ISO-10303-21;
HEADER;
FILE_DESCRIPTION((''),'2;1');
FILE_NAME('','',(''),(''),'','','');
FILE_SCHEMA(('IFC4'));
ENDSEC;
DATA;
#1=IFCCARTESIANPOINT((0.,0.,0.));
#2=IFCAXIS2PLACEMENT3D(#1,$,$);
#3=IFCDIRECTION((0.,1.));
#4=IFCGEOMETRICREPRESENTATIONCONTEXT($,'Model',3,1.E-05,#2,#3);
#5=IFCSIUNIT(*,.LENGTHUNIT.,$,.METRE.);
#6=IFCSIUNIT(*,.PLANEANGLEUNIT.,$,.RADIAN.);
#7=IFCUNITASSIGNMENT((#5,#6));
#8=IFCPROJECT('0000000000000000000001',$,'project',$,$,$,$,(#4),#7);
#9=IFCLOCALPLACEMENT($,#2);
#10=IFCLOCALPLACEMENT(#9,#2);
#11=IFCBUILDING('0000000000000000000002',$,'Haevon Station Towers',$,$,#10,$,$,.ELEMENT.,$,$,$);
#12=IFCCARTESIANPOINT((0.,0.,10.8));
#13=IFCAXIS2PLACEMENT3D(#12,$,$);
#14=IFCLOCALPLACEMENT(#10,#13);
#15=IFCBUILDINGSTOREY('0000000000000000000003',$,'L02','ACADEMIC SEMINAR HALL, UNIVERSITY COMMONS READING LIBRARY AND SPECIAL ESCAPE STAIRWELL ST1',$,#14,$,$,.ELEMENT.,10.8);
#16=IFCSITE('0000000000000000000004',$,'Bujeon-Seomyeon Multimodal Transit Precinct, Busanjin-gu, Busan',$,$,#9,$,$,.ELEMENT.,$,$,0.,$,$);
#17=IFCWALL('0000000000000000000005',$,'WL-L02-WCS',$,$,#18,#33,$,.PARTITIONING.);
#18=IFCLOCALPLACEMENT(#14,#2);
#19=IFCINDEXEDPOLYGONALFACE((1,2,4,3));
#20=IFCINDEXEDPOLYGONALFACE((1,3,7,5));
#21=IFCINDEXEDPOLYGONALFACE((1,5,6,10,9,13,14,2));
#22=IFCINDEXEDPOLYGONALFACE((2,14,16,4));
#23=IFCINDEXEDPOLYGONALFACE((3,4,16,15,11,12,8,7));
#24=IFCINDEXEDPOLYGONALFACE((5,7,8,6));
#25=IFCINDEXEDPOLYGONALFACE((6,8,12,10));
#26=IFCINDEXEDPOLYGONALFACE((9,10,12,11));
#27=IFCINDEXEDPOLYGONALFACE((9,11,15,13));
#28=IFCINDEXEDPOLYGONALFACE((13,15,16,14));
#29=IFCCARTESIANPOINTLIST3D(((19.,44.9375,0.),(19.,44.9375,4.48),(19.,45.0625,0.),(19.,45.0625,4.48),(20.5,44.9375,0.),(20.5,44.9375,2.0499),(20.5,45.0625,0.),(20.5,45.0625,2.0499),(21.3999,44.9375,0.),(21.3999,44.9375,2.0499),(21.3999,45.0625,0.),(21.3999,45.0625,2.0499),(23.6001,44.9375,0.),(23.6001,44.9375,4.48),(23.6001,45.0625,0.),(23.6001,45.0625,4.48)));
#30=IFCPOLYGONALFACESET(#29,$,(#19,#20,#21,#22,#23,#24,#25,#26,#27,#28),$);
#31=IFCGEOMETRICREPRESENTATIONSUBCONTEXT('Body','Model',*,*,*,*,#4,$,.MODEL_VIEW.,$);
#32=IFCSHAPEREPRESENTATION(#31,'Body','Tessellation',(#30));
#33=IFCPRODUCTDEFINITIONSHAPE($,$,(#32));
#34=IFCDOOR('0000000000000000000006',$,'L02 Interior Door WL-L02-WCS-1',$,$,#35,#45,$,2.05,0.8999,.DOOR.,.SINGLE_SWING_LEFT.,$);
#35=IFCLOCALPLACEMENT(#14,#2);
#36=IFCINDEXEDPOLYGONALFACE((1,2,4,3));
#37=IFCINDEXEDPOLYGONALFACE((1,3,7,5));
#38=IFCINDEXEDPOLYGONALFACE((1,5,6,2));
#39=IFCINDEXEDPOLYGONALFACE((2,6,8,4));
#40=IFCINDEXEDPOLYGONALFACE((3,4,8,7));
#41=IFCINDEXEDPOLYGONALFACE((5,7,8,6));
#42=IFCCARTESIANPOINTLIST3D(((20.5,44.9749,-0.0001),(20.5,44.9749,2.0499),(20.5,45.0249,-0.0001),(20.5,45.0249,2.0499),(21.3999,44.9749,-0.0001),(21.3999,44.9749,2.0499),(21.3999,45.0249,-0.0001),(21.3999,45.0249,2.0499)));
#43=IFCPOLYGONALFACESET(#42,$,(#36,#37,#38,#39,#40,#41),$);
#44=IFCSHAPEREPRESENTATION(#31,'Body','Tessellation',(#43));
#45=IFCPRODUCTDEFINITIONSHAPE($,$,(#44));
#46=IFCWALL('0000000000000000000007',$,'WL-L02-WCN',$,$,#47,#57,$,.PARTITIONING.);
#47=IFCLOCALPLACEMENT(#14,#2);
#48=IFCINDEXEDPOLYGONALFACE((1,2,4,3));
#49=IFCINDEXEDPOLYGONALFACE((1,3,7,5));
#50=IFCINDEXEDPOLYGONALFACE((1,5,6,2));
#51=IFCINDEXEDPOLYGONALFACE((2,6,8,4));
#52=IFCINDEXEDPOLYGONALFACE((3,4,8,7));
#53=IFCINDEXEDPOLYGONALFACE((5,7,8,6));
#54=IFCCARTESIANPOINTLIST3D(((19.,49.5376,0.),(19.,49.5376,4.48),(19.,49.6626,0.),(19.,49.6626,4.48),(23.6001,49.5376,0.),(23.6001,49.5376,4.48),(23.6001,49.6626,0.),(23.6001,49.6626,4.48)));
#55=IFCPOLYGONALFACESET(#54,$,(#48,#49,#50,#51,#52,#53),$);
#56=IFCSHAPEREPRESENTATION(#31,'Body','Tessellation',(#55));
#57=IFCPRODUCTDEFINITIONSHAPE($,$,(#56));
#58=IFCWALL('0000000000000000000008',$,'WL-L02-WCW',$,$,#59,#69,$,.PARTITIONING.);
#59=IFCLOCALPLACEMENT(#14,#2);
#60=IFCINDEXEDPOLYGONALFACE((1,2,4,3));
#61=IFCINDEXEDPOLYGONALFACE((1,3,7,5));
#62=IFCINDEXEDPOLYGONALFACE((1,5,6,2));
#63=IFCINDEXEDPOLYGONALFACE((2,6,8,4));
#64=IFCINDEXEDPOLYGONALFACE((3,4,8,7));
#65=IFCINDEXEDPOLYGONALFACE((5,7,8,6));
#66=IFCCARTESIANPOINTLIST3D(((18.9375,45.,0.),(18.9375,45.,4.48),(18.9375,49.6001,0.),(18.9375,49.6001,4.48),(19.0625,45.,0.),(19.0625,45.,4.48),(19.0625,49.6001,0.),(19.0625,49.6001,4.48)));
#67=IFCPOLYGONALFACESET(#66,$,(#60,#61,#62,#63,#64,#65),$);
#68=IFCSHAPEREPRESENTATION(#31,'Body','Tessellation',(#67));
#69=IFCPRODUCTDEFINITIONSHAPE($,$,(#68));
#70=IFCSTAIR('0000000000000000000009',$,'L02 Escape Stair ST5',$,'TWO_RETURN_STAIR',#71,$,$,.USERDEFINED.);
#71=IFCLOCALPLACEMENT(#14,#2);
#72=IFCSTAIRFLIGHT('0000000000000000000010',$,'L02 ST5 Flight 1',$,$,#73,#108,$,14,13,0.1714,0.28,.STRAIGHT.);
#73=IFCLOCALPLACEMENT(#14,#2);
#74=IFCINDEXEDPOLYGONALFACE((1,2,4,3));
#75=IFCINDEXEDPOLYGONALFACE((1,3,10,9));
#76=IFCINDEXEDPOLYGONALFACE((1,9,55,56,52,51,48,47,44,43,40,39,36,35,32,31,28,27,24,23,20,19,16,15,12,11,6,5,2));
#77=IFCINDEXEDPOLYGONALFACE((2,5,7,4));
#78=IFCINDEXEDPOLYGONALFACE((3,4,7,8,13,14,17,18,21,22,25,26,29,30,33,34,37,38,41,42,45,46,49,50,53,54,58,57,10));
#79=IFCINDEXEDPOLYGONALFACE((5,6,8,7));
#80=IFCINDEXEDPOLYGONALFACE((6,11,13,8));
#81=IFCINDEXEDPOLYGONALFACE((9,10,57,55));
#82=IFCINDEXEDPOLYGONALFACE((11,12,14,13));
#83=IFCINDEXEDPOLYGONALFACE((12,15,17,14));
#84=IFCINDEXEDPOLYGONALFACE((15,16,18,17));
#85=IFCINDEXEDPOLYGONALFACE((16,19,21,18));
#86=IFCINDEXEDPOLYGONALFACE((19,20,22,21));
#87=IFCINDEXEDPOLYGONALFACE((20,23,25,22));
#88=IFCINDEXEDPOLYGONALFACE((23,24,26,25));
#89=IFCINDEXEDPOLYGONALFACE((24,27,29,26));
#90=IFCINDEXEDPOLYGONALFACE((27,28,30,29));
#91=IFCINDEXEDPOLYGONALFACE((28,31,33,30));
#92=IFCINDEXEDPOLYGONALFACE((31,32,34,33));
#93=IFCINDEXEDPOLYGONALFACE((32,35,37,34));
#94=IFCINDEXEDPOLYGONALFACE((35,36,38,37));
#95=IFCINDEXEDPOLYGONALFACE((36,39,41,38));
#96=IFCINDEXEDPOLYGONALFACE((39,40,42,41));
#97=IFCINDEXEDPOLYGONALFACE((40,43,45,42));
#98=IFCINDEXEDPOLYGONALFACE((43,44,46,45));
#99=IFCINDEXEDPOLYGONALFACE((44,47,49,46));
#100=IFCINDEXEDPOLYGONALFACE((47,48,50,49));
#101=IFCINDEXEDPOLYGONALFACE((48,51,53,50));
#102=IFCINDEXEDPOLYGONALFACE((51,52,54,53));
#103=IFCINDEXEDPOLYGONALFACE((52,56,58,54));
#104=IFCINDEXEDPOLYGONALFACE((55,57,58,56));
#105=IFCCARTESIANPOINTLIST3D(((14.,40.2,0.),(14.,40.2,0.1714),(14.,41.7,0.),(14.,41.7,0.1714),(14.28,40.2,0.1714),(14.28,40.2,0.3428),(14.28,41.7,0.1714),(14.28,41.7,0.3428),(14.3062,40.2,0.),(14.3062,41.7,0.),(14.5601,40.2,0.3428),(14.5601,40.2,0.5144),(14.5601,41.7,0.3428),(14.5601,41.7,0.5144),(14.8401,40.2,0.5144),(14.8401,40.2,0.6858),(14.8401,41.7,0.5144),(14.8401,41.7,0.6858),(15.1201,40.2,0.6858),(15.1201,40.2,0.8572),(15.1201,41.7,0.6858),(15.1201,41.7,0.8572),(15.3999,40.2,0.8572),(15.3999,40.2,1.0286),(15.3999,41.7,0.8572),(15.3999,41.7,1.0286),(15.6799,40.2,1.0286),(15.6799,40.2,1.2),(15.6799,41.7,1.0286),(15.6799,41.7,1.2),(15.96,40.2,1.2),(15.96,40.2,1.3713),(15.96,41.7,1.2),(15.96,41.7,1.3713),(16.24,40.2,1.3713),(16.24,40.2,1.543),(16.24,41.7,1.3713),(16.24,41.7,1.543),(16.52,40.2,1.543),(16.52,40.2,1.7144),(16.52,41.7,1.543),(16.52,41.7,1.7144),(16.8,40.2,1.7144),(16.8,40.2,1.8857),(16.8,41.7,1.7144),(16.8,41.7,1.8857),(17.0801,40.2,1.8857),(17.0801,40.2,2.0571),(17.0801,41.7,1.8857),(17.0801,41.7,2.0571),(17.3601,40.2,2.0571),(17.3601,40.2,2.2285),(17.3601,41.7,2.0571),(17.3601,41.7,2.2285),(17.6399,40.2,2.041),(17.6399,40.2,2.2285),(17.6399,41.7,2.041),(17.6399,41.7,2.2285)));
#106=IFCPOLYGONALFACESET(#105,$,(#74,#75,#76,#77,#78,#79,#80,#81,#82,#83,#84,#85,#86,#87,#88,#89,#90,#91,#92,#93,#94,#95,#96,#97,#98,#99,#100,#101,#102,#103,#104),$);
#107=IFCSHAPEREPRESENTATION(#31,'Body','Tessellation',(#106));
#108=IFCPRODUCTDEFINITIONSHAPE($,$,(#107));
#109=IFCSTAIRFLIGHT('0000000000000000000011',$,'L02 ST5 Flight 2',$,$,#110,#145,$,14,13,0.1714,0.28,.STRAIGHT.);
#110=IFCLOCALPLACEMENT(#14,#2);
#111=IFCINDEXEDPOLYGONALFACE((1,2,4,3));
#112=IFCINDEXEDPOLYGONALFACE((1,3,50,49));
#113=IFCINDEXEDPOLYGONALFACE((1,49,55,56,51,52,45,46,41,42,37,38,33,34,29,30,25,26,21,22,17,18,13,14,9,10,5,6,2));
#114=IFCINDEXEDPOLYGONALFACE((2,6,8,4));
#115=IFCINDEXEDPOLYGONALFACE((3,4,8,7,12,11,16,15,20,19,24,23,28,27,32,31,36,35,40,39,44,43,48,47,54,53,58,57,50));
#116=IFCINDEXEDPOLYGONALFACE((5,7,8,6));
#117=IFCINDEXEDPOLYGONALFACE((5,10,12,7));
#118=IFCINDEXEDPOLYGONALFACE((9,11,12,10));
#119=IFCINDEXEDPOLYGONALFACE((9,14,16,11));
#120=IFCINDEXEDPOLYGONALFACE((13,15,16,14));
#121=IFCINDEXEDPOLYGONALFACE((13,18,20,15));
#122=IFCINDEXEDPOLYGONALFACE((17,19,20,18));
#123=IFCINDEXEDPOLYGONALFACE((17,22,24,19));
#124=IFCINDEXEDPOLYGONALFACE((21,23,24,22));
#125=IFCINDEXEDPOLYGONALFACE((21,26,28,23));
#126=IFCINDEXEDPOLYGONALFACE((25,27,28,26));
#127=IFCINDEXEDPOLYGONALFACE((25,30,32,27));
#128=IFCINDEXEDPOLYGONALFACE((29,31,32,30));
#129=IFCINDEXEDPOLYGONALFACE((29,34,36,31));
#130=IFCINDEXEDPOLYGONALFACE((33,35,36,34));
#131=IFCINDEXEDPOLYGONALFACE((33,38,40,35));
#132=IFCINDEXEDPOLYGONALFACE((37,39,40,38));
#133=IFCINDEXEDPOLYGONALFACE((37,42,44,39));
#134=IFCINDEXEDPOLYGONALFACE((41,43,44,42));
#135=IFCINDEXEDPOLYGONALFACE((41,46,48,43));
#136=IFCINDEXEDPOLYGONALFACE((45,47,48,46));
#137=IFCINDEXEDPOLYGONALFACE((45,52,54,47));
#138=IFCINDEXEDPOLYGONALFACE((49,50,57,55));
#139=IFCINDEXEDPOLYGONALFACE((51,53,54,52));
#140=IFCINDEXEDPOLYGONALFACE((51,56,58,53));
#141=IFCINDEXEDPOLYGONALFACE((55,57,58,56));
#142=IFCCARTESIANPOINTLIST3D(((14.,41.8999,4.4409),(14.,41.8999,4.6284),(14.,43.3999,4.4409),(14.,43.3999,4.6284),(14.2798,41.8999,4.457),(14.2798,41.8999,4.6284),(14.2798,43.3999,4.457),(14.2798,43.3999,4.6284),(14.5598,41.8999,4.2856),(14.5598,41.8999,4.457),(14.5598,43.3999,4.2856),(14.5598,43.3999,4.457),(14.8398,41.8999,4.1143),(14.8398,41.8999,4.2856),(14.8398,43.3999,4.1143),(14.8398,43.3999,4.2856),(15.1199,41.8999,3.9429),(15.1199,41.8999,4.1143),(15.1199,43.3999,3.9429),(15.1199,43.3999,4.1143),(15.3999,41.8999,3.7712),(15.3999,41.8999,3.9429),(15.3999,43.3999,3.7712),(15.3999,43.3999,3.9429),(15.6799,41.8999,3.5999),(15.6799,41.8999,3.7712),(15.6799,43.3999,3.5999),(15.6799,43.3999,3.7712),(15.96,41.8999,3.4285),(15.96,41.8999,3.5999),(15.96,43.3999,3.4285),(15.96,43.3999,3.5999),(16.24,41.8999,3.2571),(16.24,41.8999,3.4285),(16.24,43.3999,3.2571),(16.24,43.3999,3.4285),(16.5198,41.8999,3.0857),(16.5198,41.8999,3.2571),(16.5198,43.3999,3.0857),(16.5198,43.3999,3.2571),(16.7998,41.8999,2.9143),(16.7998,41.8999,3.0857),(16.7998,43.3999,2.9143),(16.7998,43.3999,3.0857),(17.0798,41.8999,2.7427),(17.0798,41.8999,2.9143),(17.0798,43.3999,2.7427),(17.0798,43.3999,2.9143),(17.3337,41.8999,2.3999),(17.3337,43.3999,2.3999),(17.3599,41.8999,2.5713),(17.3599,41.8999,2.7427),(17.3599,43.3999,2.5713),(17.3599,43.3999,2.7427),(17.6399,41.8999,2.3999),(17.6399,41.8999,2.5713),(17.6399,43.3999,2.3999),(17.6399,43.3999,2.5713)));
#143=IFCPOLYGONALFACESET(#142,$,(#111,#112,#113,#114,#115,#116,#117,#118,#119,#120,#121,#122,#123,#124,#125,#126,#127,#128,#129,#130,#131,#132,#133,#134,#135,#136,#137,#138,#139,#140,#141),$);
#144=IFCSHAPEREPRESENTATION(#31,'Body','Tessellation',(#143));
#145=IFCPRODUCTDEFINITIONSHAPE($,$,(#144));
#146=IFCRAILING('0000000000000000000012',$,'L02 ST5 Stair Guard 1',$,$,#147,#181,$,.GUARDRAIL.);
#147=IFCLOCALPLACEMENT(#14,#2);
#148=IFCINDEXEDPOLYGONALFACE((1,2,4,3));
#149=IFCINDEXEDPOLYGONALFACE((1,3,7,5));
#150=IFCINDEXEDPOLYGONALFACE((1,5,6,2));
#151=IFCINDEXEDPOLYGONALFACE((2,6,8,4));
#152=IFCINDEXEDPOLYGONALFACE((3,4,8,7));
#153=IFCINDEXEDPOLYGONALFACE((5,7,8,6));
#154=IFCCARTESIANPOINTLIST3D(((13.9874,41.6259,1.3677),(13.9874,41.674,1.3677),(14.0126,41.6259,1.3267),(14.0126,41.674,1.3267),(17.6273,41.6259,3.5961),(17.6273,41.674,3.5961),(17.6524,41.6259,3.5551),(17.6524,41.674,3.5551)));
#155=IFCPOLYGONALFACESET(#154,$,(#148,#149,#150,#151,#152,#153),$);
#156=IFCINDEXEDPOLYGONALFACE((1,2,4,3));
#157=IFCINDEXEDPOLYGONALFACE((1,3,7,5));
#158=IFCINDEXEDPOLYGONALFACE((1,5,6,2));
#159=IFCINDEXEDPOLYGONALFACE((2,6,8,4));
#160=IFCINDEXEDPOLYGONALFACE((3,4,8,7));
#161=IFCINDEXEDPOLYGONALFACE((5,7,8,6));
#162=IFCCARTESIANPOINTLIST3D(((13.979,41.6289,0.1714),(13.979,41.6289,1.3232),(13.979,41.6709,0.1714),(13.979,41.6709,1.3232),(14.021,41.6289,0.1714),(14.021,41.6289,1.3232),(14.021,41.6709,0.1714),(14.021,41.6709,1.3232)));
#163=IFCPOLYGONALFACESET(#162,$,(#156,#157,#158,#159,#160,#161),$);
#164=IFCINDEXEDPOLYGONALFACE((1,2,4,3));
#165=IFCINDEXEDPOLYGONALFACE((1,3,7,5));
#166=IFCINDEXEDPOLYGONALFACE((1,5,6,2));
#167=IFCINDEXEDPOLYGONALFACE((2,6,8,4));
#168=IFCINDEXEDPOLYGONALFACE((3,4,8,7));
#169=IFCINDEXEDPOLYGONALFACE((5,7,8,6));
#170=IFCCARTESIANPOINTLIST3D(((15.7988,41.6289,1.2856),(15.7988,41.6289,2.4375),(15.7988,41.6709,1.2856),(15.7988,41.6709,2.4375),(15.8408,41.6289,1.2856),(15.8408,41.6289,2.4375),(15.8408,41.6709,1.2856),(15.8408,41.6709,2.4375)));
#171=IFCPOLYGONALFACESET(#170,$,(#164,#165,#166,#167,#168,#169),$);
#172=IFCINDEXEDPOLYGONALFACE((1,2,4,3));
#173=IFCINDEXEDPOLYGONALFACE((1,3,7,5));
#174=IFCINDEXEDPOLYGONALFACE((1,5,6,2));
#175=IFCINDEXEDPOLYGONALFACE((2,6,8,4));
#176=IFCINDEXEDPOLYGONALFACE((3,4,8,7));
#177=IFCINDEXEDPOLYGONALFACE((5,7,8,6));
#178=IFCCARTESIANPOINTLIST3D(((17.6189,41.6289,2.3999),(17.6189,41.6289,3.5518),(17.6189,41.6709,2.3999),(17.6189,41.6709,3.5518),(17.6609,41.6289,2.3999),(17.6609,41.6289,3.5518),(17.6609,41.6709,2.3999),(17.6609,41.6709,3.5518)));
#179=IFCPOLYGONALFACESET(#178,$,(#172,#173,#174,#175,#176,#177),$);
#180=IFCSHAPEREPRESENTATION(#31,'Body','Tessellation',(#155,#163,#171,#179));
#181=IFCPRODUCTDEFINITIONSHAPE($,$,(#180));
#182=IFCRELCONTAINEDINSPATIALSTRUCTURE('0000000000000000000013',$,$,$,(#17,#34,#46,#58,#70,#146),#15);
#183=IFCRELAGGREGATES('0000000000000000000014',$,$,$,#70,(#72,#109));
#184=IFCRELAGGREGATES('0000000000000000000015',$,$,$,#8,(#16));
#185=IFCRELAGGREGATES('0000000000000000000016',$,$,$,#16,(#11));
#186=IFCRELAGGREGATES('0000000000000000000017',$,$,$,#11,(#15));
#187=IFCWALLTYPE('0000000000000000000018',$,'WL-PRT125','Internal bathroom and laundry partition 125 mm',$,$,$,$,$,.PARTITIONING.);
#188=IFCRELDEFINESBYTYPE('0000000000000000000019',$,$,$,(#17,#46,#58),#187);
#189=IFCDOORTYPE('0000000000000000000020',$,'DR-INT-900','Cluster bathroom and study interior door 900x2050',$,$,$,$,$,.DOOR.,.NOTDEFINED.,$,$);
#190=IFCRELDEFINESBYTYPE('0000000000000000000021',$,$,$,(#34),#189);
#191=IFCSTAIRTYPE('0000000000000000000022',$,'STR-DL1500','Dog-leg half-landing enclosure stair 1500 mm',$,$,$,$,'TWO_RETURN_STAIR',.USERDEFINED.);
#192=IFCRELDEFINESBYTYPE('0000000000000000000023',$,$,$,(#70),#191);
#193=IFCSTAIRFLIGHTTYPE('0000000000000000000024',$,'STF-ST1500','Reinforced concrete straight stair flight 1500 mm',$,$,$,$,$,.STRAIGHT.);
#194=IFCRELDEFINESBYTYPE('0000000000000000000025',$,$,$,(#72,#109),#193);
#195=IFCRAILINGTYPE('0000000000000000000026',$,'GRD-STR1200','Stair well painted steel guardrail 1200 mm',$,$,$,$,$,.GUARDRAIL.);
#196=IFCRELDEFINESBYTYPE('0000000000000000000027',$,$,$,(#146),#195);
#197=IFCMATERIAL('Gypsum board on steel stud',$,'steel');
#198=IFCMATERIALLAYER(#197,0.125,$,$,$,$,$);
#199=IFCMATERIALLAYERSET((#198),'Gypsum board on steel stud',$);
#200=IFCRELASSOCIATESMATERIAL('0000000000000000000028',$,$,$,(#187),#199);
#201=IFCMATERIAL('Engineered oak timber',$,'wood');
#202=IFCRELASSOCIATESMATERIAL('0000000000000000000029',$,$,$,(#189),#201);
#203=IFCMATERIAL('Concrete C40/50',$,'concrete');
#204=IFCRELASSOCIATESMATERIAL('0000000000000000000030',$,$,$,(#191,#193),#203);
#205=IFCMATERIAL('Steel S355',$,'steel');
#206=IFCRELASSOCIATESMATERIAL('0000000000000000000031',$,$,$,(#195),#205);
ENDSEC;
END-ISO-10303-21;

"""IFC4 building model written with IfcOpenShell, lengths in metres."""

from ifc_helpers import new_model, si_unit, direction, frame, frame_2d, origin, origin_2d, place, context, subcontext, project, spatial, polyline, rectangle, outline, extrude, material, layer, layer_set, type_object, element, fill, aggregate, save


model = new_model("IFC4")

# Units and contexts
model_context = context("Model", 3, precision=1e-05, world=origin(), true_north=direction((0.0, 1.0)))
body_context = subcontext(model_context, "Body", "Model", "MODEL_VIEW")
ifc_project = project(units=[si_unit("LENGTHUNIT", "METRE"), si_unit("PLANEANGLEUNIT", "RADIAN")], contexts=[model_context])

# Site, building, storey
site_placement = place(None, origin())
site = spatial("IfcSite", under=ifc_project, at=site_placement, Name="Bujeon-Seomyeon Multimodal Transit Precinct, Busanjin-gu, Busan", CompositionType="ELEMENT", RefElevation=0.0)
building_placement = place(site_placement, origin())
building = spatial("IfcBuilding", under=site, at=building_placement, Name="Haevon Station Towers", CompositionType="ELEMENT")
storey_placement = place(building_placement, frame((0.0, 0.0, 10.8)))
storey = spatial("IfcBuildingStorey", under=building, at=storey_placement, Name="L02", Description="ACADEMIC SEMINAR HALL, UNIVERSITY COMMONS READING LIBRARY AND SPECIAL ESCAPE STAIRWELL ST1", CompositionType="ELEMENT", Elevation=10.8)

# Shared definitions
ifc_material_1 = material(Name="Steel S355", Category="steel")

# Shared definitions
ifc_material_2 = material(Name="Gypsum board on steel stud", Category="steel")
ifc_material_3 = material(Name="Engineered oak timber", Category="wood")

# Wall, opening, door
ifc_layer_1 = layer(ifc_material_2, 0.125)
ifc_layer_set_1 = layer_set([ifc_layer_1], Name="Gypsum board on steel stud")
wall_type_1 = type_object("IfcWallType", Name="WL-PRT125", Description="Internal bathroom and laundry partition 125 mm", PredefinedType="PARTITIONING", material=ifc_layer_set_1)
wall_1_placement = place(storey_placement, frame((19.0, 45.0, 0.0), z_axis=(0.0, 0.0, 1.0), x_axis=(1.0, 0.0, 0.0)))
wall_1 = element("IfcWall", 1, at=wall_1_placement, inside=storey, type_object=wall_type_1, Name="WL-L02-WCS", PredefinedType="PARTITIONING", context=body_context, shape_type="SweptSolid", body=[
    extrude(rectangle(XDim=4.6001, YDim=0.125, at=frame_2d((2.3, 0.0))), origin(), (0.0, 0.0, 1.0), 4.48),
])
opening_1_placement = place(wall_1_placement, frame((1.5, 0.0, 0.0)))
opening_1 = element("IfcOpeningElement", 2, at=opening_1_placement, cuts=wall_1, PredefinedType="OPENING", context=body_context, shape_type="SweptSolid", body=[
    extrude(rectangle(XDim=0.8999, YDim=2.05, at=frame_2d((0.45, 1.0249))), frame((0.0, 0.0725, 0.0), z_axis=(0.0, -1.0, 0.0), x_axis=(1.0, 0.0, 0.0)), (0.0, 0.0, 1.0), 0.145),
])
door_type_1 = type_object("IfcDoorType", Name="DR-INT-900", Description="Cluster bathroom and study interior door 900x2050", OperationType="NOTDEFINED", PredefinedType="DOOR", material=ifc_material_3)
door_1_placement = place(opening_1_placement, origin())
door_1 = element("IfcDoor", 3, at=door_1_placement, inside=storey, type_object=door_type_1, Name="L02 Interior Door WL-L02-WCS-1", OperationType="SINGLE_SWING_LEFT", OverallHeight=2.05, OverallWidth=0.8999, PredefinedType="DOOR", context=body_context, shape_type="SweptSolid", body=[
    extrude(rectangle(XDim=0.8999, YDim=2.05, at=frame_2d((0.45, 1.0249))), frame((0.0, 0.0249, 0.0), z_axis=(0.0, -1.0, 0.0), x_axis=(1.0, 0.0, 0.0)), (0.0, 0.0, 1.0), 0.05),
])
fill(opening_1, door_1)

# Walls
for number, where, z_axis, x_axis, name in (
    (4, (19.0, 49.6001, 0.0), (0.0, 0.0, 1.0), (1.0, 0.0, 0.0), "WL-L02-WCN"),
    (5, (19.0, 45.0, 0.0), (0.0, 0.0, 1.0), (0.0, 1.0, 0.0), "WL-L02-WCW"),
):
    element("IfcWall", number, at=place(storey_placement, frame(where, z_axis=z_axis, x_axis=x_axis)), inside=storey, type_object=wall_type_1, Name=name, PredefinedType="PARTITIONING", context=body_context, shape_type="SweptSolid", body=[
        extrude(rectangle(XDim=4.6001, YDim=0.125, at=frame_2d((2.3, 0.0))), origin(), (0.0, 0.0, 1.0), 4.48),
    ])

# Stair, stair flights
ifc_material_4 = material(Name="Concrete C40/50", Category="concrete")
stair_type = type_object("IfcStairType", Name="STR-DL1500", Description="Dog-leg half-landing enclosure stair 1500 mm", ElementType="TWO_RETURN_STAIR", PredefinedType="USERDEFINED", material=ifc_material_4)
stair_placement = place(storey_placement, origin())
stair = element("IfcStair", 6, at=stair_placement, inside=storey, type_object=stair_type, Name="L02 Escape Stair ST5", ObjectType="TWO_RETURN_STAIR", PredefinedType="USERDEFINED")
stair_flight_type = type_object("IfcStairFlightType", Name="STF-ST1500", Description="Reinforced concrete straight stair flight 1500 mm", PredefinedType="STRAIGHT", material=ifc_material_4)
stair_flight_1_placement = place(storey_placement, frame((14.0, 40.95, 0.0), z_axis=(0.0, 0.0, 1.0), x_axis=(1.0, 0.0, 0.0)))
stair_flight_1 = element("IfcStairFlight", 7, at=stair_flight_1_placement, type_object=stair_flight_type, Name="L02 ST5 Flight 1", NumberOfRisers=14, NumberOfTreads=13, PredefinedType="STRAIGHT", RiserHeight=0.1714, TreadLength=0.28, context=body_context, shape_type="SweptSolid", body=[
    extrude(outline(polyline([(0.0, 0.0), (0.0, 0.1714), (0.28, 0.1714), (0.28, 0.3428), (0.5601, 0.3428), (0.5601, 0.5144), (0.8401, 0.5144), (0.8401, 0.6858), (1.1201, 0.6858), (1.1201, 0.8572), (1.3999, 0.8572), (1.3999, 1.0286), (1.6799, 1.0286), (1.6799, 1.2), (1.96, 1.2), (1.96, 1.3713), (2.24, 1.3713), (2.24, 1.543), (2.52, 1.543), (2.52, 1.7144), (2.8, 1.7144), (2.8, 1.8857), (3.0801, 1.8857), (3.0801, 2.0571), (3.3601, 2.0571), (3.3601, 2.2285), (3.6399, 2.2285), (3.6399, 2.3999), (3.6399, 2.041), (0.3062, 0.0), (0.0, 0.0)])), frame((0.0, 0.75, 0.0), z_axis=(0.0, -1.0, 0.0), x_axis=(1.0, 0.0, 0.0)), (0.0, 0.0, 1.0), 1.5),
])
stair_flight_2_placement = place(storey_placement, frame((17.6399, 42.6499, 2.3999), z_axis=(0.0, 0.0, 1.0), x_axis=(-1.0, 0.0, 0.0)))
stair_flight_2 = element("IfcStairFlight", 8, at=stair_flight_2_placement, type_object=stair_flight_type, Name="L02 ST5 Flight 2", NumberOfRisers=14, NumberOfTreads=13, PredefinedType="STRAIGHT", RiserHeight=0.1714, TreadLength=0.28, context=body_context, shape_type="SweptSolid", body=[
    extrude(outline(polyline([(0.0, 0.0), (0.0, 0.1714), (0.28, 0.1714), (0.28, 0.3428), (0.5601, 0.3428), (0.5601, 0.5144), (0.8401, 0.5144), (0.8401, 0.6858), (1.1201, 0.6858), (1.1201, 0.8572), (1.3999, 0.8572), (1.3999, 1.0286), (1.6799, 1.0286), (1.6799, 1.2), (1.96, 1.2), (1.96, 1.3713), (2.24, 1.3713), (2.24, 1.543), (2.52, 1.543), (2.52, 1.7144), (2.8, 1.7144), (2.8, 1.8857), (3.0801, 1.8857), (3.0801, 2.0571), (3.3601, 2.0571), (3.3601, 2.2285), (3.6399, 2.2285), (3.6399, 2.3999), (3.6399, 2.041), (0.3062, 0.0), (0.0, 0.0)])), frame((0.0, 0.75, 0.0), z_axis=(0.0, -1.0, 0.0), x_axis=(1.0, 0.0, 0.0)), (0.0, 0.0, 1.0), 1.5),
])
aggregate(stair, [stair_flight_1, stair_flight_2])

# Railing
railing_type_1 = type_object("IfcRailingType", Name="GRD-STR1200", Description="Stair well painted steel guardrail 1200 mm", PredefinedType="GUARDRAIL", material=ifc_material_1)
railing_1_placement = place(storey_placement, frame((14.0, 41.6499, 0.1714)))
element("IfcRailing", 9, at=railing_1_placement, inside=storey, type_object=railing_type_1, Name="L02 ST5 Stair Guard 1", PredefinedType="GUARDRAIL", context=body_context, shape_type="SweptSolid", body=[
    extrude(rectangle(XDim=0.0481, YDim=0.0481, at=origin_2d()), frame((0.0, 0.0, 1.1758), z_axis=(0.85285, 0.0, 0.522156), x_axis=(0.0, 1.0, 0.0)), (0.0, 0.0, 1.0), 4.2678),
    extrude(rectangle(XDim=0.042, YDim=0.042, at=origin_2d()), origin(), (0.0, 0.0, 1.0), 1.1519),
    extrude(rectangle(XDim=0.042, YDim=0.042, at=origin_2d()), frame((1.8198, 0.0, 1.1143)), (0.0, 0.0, 1.0), 1.1519),
    extrude(rectangle(XDim=0.042, YDim=0.042, at=origin_2d()), frame((3.6399, 0.0, 2.2285)), (0.0, 0.0, 1.0), 1.1519),
])

save(model, "model.ifc")
